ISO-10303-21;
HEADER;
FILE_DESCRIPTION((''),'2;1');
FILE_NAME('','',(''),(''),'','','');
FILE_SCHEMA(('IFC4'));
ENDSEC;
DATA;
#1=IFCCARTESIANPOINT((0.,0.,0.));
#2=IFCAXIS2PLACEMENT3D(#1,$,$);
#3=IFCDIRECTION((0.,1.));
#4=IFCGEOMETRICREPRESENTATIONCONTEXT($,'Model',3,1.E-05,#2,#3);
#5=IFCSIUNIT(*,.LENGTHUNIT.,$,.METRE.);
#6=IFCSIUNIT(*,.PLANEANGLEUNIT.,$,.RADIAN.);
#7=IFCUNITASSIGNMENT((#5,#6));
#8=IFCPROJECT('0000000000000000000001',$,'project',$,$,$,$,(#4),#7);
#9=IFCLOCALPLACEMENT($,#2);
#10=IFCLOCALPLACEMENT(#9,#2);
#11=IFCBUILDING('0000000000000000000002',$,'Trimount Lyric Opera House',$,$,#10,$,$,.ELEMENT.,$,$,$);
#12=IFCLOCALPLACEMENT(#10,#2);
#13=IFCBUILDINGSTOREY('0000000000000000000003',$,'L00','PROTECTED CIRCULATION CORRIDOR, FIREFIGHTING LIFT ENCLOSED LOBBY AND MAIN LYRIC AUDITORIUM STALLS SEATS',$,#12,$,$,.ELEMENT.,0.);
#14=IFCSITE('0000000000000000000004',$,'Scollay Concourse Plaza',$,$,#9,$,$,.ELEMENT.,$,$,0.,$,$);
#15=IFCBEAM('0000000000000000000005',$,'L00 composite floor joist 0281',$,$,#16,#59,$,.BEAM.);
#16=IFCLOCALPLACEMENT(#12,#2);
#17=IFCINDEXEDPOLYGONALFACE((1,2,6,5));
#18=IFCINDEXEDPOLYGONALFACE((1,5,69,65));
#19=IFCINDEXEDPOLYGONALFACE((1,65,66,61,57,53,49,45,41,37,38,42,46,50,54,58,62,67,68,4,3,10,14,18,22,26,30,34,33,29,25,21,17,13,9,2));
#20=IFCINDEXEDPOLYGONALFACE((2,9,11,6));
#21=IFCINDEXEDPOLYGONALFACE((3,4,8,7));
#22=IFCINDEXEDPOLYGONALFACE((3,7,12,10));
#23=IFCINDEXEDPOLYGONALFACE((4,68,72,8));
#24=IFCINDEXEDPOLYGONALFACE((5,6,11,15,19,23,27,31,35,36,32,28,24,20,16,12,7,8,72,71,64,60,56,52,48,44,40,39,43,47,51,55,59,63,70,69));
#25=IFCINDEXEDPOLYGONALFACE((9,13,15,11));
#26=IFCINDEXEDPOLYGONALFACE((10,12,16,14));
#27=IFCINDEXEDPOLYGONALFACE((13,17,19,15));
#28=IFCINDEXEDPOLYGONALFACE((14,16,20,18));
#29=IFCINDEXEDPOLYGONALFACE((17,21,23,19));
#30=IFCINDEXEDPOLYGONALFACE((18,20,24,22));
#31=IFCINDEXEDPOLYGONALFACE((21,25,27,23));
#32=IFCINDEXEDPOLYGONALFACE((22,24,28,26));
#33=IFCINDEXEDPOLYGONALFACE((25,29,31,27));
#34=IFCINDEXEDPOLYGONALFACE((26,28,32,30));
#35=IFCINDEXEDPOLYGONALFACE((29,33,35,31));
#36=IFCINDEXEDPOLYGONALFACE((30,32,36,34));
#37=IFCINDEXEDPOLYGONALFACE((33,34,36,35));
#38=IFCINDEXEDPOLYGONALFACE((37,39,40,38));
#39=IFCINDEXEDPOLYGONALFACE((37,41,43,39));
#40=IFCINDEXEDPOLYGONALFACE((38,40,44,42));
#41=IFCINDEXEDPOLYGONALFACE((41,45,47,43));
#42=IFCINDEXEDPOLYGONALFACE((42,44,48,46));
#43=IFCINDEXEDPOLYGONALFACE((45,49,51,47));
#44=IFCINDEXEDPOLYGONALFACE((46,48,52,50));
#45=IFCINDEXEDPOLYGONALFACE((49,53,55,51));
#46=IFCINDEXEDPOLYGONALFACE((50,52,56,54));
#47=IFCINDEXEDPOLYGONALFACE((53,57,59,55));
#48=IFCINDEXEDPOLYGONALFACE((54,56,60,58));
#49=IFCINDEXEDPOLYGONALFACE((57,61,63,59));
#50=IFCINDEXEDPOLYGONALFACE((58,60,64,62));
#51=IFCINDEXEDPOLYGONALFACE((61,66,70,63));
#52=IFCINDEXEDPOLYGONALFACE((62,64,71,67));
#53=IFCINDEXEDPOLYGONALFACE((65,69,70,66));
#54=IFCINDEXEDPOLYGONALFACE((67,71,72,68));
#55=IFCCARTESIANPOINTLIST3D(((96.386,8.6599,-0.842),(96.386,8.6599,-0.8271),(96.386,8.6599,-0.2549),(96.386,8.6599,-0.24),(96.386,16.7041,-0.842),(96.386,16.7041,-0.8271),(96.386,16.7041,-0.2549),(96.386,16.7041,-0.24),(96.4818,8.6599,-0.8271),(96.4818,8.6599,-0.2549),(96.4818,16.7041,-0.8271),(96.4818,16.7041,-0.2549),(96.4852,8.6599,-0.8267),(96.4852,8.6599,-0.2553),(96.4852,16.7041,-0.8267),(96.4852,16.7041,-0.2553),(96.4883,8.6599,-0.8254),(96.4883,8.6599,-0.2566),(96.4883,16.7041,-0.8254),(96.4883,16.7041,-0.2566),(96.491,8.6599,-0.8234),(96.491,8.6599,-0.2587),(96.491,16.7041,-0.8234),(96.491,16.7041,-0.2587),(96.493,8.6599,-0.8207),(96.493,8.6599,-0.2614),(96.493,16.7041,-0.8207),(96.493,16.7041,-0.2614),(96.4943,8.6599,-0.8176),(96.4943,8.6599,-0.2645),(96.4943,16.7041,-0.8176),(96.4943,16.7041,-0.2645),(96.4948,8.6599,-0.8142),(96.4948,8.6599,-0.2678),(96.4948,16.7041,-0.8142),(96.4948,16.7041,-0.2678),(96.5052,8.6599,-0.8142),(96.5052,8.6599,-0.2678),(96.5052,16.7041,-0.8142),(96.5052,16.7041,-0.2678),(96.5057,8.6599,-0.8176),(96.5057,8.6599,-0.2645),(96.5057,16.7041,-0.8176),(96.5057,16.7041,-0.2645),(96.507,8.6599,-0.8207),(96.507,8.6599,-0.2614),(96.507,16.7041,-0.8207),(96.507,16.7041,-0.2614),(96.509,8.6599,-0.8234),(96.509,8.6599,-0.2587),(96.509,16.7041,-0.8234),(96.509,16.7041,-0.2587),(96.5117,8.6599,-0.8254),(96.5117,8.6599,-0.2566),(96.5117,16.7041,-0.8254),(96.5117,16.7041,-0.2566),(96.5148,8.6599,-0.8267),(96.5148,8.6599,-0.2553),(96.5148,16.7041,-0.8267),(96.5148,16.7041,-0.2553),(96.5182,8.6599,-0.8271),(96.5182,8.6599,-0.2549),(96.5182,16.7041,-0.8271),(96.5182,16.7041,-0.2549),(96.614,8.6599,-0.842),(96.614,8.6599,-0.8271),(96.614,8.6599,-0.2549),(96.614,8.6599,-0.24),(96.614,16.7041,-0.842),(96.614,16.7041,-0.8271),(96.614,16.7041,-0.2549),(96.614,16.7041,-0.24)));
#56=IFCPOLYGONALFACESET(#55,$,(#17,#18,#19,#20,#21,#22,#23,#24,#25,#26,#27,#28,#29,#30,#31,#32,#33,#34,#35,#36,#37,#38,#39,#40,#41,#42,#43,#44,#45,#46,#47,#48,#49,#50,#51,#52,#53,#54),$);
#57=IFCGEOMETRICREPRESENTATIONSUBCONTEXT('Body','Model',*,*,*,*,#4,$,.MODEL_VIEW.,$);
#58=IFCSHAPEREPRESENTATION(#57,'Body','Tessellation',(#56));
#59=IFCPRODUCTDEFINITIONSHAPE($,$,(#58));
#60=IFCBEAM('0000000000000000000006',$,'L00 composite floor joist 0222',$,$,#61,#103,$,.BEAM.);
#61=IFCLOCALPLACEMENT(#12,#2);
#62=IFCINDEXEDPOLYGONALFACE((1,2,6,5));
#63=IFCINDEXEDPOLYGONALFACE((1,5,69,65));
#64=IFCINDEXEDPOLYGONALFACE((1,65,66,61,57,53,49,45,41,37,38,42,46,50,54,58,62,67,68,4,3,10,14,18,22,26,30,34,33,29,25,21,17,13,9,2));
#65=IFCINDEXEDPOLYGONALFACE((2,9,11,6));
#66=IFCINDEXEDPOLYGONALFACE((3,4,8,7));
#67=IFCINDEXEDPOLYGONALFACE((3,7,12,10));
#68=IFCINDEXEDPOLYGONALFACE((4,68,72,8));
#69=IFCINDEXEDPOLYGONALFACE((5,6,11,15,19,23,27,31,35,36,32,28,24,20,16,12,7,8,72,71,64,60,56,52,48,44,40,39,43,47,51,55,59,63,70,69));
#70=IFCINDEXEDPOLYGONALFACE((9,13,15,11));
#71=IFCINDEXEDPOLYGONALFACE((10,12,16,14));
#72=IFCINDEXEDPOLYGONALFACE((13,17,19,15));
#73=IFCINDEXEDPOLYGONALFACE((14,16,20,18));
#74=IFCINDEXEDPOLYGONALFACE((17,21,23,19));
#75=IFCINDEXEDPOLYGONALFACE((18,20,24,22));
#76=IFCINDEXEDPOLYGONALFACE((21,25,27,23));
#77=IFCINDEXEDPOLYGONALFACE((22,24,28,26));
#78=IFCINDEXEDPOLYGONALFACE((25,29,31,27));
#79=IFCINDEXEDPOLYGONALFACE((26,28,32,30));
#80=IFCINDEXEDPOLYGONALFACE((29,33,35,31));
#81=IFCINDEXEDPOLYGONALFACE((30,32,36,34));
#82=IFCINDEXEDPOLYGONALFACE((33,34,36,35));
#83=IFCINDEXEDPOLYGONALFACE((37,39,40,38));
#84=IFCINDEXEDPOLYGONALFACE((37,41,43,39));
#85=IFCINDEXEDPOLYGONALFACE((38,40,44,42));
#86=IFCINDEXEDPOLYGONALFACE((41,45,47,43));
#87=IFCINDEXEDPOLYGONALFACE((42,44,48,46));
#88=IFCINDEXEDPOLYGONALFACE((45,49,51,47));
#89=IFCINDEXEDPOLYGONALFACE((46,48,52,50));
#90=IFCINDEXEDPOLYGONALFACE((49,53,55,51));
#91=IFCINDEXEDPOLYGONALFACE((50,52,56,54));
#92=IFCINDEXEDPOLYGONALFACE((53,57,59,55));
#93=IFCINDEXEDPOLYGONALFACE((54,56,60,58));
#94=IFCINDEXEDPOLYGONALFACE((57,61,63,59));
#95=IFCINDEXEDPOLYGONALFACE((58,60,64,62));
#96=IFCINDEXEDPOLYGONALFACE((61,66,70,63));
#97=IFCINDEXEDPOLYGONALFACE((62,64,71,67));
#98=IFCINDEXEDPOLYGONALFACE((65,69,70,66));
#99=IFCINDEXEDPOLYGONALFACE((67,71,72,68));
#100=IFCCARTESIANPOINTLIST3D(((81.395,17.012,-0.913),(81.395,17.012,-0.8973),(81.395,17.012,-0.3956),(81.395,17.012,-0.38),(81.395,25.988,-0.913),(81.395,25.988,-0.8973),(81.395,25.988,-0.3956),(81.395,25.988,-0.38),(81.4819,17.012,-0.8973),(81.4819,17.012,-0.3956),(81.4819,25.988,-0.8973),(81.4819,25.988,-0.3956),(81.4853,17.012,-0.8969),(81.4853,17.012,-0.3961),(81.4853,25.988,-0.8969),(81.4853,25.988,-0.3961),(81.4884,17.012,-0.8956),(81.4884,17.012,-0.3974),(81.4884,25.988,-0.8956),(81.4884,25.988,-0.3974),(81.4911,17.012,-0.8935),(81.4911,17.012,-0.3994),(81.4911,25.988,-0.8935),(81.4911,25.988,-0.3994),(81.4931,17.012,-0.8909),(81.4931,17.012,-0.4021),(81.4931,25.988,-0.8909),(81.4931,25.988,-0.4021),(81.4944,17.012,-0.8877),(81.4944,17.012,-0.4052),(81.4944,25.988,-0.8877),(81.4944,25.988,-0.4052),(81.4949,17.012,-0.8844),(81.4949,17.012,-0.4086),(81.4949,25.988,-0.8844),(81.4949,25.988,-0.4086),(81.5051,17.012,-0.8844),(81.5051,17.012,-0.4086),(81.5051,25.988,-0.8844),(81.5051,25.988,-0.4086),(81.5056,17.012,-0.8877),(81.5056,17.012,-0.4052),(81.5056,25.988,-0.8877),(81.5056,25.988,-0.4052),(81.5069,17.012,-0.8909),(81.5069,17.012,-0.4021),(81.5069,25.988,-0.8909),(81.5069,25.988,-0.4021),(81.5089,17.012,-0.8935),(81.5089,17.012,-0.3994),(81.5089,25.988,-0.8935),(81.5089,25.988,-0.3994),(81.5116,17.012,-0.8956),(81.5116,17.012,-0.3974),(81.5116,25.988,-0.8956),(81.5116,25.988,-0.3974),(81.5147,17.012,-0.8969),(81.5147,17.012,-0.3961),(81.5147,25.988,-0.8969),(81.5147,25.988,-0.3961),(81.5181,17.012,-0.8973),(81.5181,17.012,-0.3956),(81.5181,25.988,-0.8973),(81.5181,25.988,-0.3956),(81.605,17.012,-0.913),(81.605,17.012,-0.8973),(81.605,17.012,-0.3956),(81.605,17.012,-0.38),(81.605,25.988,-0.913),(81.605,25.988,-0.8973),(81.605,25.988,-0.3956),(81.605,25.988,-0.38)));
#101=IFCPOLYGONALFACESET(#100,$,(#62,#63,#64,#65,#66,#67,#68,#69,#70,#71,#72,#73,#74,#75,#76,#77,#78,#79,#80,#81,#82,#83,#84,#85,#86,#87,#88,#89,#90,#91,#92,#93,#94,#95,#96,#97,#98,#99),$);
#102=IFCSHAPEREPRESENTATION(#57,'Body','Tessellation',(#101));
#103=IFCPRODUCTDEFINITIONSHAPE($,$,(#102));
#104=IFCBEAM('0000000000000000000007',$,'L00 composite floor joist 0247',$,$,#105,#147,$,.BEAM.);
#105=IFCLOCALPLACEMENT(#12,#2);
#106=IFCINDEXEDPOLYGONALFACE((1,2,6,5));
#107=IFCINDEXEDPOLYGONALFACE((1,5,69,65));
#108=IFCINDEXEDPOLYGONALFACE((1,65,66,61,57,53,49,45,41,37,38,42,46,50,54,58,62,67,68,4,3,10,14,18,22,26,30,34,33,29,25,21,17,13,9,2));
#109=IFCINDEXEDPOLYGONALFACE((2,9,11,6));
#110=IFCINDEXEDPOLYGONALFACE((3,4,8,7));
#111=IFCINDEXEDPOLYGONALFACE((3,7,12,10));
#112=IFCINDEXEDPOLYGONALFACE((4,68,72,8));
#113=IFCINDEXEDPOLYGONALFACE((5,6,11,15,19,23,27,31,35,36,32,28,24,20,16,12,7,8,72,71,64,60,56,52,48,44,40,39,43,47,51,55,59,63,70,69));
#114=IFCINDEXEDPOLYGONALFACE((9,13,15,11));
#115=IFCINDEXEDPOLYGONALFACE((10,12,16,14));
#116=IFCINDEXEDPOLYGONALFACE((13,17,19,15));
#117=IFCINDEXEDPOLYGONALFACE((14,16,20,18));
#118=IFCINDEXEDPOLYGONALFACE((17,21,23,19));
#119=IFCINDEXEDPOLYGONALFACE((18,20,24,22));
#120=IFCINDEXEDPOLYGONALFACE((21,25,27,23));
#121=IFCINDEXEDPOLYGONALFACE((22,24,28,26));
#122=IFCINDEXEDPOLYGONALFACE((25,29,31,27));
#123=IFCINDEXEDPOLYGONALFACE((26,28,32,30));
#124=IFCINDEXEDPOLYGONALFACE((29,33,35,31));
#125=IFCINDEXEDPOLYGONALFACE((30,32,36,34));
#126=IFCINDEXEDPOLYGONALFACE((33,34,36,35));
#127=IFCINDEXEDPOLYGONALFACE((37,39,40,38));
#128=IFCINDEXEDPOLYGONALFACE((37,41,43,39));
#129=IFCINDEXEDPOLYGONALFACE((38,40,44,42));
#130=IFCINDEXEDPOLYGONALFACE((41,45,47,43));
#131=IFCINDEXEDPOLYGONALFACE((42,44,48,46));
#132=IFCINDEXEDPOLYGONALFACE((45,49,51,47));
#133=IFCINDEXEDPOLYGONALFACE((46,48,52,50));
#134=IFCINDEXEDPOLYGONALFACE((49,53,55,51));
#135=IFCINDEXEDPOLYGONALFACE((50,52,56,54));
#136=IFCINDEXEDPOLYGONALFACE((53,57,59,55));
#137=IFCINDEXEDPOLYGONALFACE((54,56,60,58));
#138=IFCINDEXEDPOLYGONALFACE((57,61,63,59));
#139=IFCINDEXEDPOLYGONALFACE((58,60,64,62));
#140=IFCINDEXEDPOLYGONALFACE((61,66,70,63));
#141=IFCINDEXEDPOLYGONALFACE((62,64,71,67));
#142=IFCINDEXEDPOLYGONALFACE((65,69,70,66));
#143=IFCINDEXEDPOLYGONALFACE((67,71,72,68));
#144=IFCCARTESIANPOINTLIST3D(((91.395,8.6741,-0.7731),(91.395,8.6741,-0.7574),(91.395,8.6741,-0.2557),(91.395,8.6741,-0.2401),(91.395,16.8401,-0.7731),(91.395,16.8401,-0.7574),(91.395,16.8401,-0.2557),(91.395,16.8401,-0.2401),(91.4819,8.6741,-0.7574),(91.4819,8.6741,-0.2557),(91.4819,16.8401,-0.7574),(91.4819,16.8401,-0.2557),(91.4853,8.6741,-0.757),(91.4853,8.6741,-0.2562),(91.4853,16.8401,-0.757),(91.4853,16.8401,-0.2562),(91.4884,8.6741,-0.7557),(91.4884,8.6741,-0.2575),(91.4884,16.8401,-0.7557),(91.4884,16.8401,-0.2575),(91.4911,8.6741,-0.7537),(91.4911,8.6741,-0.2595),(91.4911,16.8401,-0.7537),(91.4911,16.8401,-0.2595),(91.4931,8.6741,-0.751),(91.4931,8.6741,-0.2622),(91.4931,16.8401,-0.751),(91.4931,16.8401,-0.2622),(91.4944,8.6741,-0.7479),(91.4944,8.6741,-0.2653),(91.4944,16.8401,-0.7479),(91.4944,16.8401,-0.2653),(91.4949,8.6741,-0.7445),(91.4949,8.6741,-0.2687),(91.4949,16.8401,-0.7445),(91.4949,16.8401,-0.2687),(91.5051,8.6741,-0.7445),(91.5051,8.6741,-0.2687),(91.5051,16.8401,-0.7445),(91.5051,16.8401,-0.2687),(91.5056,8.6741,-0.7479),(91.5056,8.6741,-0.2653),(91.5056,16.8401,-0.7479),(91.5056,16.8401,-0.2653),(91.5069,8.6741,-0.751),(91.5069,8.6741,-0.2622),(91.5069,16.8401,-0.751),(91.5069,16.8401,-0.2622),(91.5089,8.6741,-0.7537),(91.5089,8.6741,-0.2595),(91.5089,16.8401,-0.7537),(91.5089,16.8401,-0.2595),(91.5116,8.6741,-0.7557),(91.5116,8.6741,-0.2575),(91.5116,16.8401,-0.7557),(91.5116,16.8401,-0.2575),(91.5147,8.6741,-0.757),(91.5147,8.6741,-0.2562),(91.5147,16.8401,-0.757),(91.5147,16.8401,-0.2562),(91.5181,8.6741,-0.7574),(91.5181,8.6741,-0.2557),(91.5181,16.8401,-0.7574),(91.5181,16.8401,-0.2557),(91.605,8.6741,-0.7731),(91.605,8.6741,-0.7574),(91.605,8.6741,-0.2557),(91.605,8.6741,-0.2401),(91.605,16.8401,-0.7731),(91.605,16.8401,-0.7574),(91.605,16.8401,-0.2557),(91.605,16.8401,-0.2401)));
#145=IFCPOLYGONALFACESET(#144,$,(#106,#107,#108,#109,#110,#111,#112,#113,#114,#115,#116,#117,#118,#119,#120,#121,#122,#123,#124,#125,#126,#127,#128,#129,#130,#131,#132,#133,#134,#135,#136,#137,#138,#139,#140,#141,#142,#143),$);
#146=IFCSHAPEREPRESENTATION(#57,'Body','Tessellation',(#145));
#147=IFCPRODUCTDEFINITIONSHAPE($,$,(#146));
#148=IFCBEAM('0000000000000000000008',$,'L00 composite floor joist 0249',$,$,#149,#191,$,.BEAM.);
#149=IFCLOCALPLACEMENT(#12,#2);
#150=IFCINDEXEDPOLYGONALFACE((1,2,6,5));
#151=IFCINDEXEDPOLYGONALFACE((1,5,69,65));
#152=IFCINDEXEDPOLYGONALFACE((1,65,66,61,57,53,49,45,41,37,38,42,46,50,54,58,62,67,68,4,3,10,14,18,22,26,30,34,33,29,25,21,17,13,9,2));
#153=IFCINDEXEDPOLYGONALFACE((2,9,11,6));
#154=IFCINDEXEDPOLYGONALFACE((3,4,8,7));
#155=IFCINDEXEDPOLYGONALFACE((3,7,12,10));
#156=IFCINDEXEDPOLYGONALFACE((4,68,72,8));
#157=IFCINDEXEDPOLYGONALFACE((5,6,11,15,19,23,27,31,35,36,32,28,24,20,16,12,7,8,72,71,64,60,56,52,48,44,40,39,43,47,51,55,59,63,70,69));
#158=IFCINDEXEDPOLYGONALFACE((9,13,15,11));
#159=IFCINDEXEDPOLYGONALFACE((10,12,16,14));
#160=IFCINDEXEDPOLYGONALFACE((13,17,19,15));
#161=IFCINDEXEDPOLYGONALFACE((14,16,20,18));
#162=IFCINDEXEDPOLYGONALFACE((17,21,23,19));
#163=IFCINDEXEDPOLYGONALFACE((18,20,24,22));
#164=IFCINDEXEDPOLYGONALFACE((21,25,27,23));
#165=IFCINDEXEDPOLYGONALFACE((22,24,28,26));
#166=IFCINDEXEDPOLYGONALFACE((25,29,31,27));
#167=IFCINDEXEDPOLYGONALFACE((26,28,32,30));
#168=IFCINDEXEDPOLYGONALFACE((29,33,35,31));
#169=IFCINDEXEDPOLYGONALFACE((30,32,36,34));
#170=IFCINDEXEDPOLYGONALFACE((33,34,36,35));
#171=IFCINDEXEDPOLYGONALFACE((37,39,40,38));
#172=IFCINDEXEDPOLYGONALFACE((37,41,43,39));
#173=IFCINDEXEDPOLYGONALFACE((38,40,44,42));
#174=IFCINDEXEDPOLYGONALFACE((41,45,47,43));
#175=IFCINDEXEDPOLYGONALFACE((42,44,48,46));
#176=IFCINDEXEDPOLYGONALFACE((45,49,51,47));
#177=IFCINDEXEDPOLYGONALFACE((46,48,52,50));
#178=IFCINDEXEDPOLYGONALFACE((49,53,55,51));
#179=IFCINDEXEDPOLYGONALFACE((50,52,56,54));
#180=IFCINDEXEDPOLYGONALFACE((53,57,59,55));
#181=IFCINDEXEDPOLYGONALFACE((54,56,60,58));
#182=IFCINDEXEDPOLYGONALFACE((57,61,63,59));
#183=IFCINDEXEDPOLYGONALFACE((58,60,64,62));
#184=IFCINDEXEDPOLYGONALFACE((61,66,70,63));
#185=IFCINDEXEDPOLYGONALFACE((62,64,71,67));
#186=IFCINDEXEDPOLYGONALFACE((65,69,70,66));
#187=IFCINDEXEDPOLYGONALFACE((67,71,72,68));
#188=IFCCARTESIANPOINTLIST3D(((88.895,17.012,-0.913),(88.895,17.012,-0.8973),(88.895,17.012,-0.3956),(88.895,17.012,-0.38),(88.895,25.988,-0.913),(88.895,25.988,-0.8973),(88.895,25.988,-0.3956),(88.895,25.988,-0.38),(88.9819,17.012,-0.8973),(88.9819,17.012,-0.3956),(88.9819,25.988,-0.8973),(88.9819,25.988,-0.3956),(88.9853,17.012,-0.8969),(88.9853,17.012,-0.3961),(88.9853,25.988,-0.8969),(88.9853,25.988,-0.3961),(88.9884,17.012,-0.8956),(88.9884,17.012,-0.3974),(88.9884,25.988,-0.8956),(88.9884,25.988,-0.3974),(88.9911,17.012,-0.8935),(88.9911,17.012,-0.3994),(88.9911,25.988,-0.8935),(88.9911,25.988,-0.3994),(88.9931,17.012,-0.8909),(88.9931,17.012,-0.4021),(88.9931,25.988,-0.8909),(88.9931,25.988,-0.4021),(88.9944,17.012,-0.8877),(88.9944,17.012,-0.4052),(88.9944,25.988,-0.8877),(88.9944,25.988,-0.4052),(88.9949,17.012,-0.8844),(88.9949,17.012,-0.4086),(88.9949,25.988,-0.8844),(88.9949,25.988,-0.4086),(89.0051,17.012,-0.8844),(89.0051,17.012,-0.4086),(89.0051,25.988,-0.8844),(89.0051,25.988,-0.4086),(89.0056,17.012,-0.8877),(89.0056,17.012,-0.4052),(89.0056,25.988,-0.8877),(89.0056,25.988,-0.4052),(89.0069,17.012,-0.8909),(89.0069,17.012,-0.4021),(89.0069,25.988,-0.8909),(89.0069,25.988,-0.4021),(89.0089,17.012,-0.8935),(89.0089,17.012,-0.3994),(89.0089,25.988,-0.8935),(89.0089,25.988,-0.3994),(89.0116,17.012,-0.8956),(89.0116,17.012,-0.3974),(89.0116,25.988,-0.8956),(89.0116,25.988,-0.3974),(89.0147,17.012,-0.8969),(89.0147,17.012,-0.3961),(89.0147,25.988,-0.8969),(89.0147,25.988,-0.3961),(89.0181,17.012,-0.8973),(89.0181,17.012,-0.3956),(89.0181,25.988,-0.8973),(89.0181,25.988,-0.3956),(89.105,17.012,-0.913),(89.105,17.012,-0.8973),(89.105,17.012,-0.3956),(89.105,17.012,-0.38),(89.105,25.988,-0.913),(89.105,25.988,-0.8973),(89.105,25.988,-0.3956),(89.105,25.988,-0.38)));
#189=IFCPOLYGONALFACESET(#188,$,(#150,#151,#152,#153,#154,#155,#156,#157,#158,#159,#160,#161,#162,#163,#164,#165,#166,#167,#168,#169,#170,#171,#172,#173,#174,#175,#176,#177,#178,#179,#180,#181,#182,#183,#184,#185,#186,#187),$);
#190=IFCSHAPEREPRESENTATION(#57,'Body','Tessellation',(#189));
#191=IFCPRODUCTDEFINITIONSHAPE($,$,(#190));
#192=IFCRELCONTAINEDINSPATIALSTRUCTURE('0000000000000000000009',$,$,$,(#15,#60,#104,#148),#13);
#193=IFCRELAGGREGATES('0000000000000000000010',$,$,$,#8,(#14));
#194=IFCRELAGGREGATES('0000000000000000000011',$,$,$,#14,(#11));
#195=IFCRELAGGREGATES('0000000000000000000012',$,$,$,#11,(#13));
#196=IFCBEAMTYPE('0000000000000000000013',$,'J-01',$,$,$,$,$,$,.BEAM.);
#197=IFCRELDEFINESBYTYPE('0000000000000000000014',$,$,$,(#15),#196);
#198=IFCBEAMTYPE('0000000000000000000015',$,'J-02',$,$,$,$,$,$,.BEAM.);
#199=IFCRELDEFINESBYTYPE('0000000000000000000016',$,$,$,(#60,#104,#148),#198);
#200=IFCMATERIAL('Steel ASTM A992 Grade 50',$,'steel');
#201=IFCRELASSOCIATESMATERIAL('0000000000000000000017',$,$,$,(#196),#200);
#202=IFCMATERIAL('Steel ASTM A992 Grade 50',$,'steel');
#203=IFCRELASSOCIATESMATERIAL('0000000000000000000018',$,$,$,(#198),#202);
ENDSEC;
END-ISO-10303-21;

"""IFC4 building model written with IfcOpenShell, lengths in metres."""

from ifc_helpers import new_model, si_unit, direction, frame, origin, origin_2d, place, context, subcontext, project, spatial, i_section, extrude, material, material_profile, profile_set, type_object, element, save


model = new_model("IFC4")

# Units and contexts
model_context = context("Model", 3, precision=1e-05, world=origin(), true_north=direction((0.0, 1.0)))
body_context = subcontext(model_context, "Body", "Model", "MODEL_VIEW")
ifc_project = project(units=[si_unit("LENGTHUNIT", "METRE"), si_unit("PLANEANGLEUNIT", "RADIAN")], contexts=[model_context])

# Site, building, storey
site_placement = place(None, origin())
site = spatial("IfcSite", under=ifc_project, at=site_placement, Name="Scollay Concourse Plaza", CompositionType="ELEMENT", RefElevation=0.0)
building_placement = place(site_placement, origin())
building = spatial("IfcBuilding", under=site, at=building_placement, Name="Trimount Lyric Opera House", CompositionType="ELEMENT")
storey_placement = place(building_placement, origin())
storey = spatial("IfcBuildingStorey", under=building, at=storey_placement, Name="L00", Description="PROTECTED CIRCULATION CORRIDOR, FIREFIGHTING LIFT ENCLOSED LOBBY AND MAIN LYRIC AUDITORIUM STALLS SEATS", CompositionType="ELEMENT", Elevation=0.0)

# Beams
ifc_material_1 = material(Name="Steel ASTM A992 Grade 50", Category="steel")
ifc_material_profile_1 = material_profile(ifc_material_1, i_section(OverallWidth=0.228, OverallDepth=0.6021, WebThickness=0.0105, FlangeThickness=0.0149, FilletRadius=0.0129, at=origin_2d()), Name="W24X68")
ifc_profile_set_1 = profile_set([ifc_material_profile_1], Name="Steel ASTM A992 Grade 50")
beam_type_1 = type_object("IfcBeamType", Name="J-01", PredefinedType="BEAM", material=ifc_profile_set_1)
beam_1_placement = place(storey_placement, frame((96.5, 8.6599, -0.541), z_axis=(0.0, 1.0, 0.0), x_axis=(-1.0, 0.0, 0.0)))
element("IfcBeam", 1, at=beam_1_placement, inside=storey, type_object=beam_type_1, Name="L00 composite floor joist 0281", PredefinedType="BEAM", context=body_context, shape_type="SweptSolid", body=[
    extrude(i_section(OverallWidth=0.228, OverallDepth=0.6021, WebThickness=0.0105, FlangeThickness=0.0149, FilletRadius=0.0129, at=origin_2d()), origin(), (0.0, 0.0, 1.0), 8.0442),
])
ifc_material_2 = material(Name="Steel ASTM A992 Grade 50", Category="steel")
ifc_material_profile_2 = material_profile(ifc_material_2, i_section(OverallWidth=0.21, OverallDepth=0.533, WebThickness=0.0103, FlangeThickness=0.0156, FilletRadius=0.0129, at=origin_2d()), Name="W21X62")
ifc_profile_set_2 = profile_set([ifc_material_profile_2], Name="Steel ASTM A992 Grade 50")
beam_type_2 = type_object("IfcBeamType", Name="J-02", PredefinedType="BEAM", material=ifc_profile_set_2)
beam_2_placement = place(storey_placement, frame((81.5, 17.012, -0.6465), z_axis=(0.0, 1.0, 0.0), x_axis=(-1.0, 0.0, 0.0)))
element("IfcBeam", 2, at=beam_2_placement, inside=storey, type_object=beam_type_2, Name="L00 composite floor joist 0222", PredefinedType="BEAM", context=body_context, shape_type="SweptSolid", body=[
    extrude(i_section(OverallWidth=0.21, OverallDepth=0.533, WebThickness=0.0103, FlangeThickness=0.0156, FilletRadius=0.0129, at=origin_2d()), origin(), (0.0, 0.0, 1.0), 8.9761),
])
beam_3_placement = place(storey_placement, frame((91.5, 8.6741, -0.5066), z_axis=(0.0, 1.0, 0.0), x_axis=(-1.0, 0.0, 0.0)))
element("IfcBeam", 3, at=beam_3_placement, inside=storey, type_object=beam_type_2, Name="L00 composite floor joist 0247", PredefinedType="BEAM", context=body_context, shape_type="SweptSolid", body=[
    extrude(i_section(OverallWidth=0.21, OverallDepth=0.533, WebThickness=0.0103, FlangeThickness=0.0156, FilletRadius=0.0129, at=origin_2d()), origin(), (0.0, 0.0, 1.0), 8.166),
])
beam_4_placement = place(storey_placement, frame((89.0, 17.012, -0.6465), z_axis=(0.0, 1.0, 0.0), x_axis=(-1.0, 0.0, 0.0)))
element("IfcBeam", 4, at=beam_4_placement, inside=storey, type_object=beam_type_2, Name="L00 composite floor joist 0249", PredefinedType="BEAM", context=body_context, shape_type="SweptSolid", body=[
    extrude(i_section(OverallWidth=0.21, OverallDepth=0.533, WebThickness=0.0103, FlangeThickness=0.0156, FilletRadius=0.0129, at=origin_2d()), origin(), (0.0, 0.0, 1.0), 8.9761),
])

save(model, "model.ifc")
